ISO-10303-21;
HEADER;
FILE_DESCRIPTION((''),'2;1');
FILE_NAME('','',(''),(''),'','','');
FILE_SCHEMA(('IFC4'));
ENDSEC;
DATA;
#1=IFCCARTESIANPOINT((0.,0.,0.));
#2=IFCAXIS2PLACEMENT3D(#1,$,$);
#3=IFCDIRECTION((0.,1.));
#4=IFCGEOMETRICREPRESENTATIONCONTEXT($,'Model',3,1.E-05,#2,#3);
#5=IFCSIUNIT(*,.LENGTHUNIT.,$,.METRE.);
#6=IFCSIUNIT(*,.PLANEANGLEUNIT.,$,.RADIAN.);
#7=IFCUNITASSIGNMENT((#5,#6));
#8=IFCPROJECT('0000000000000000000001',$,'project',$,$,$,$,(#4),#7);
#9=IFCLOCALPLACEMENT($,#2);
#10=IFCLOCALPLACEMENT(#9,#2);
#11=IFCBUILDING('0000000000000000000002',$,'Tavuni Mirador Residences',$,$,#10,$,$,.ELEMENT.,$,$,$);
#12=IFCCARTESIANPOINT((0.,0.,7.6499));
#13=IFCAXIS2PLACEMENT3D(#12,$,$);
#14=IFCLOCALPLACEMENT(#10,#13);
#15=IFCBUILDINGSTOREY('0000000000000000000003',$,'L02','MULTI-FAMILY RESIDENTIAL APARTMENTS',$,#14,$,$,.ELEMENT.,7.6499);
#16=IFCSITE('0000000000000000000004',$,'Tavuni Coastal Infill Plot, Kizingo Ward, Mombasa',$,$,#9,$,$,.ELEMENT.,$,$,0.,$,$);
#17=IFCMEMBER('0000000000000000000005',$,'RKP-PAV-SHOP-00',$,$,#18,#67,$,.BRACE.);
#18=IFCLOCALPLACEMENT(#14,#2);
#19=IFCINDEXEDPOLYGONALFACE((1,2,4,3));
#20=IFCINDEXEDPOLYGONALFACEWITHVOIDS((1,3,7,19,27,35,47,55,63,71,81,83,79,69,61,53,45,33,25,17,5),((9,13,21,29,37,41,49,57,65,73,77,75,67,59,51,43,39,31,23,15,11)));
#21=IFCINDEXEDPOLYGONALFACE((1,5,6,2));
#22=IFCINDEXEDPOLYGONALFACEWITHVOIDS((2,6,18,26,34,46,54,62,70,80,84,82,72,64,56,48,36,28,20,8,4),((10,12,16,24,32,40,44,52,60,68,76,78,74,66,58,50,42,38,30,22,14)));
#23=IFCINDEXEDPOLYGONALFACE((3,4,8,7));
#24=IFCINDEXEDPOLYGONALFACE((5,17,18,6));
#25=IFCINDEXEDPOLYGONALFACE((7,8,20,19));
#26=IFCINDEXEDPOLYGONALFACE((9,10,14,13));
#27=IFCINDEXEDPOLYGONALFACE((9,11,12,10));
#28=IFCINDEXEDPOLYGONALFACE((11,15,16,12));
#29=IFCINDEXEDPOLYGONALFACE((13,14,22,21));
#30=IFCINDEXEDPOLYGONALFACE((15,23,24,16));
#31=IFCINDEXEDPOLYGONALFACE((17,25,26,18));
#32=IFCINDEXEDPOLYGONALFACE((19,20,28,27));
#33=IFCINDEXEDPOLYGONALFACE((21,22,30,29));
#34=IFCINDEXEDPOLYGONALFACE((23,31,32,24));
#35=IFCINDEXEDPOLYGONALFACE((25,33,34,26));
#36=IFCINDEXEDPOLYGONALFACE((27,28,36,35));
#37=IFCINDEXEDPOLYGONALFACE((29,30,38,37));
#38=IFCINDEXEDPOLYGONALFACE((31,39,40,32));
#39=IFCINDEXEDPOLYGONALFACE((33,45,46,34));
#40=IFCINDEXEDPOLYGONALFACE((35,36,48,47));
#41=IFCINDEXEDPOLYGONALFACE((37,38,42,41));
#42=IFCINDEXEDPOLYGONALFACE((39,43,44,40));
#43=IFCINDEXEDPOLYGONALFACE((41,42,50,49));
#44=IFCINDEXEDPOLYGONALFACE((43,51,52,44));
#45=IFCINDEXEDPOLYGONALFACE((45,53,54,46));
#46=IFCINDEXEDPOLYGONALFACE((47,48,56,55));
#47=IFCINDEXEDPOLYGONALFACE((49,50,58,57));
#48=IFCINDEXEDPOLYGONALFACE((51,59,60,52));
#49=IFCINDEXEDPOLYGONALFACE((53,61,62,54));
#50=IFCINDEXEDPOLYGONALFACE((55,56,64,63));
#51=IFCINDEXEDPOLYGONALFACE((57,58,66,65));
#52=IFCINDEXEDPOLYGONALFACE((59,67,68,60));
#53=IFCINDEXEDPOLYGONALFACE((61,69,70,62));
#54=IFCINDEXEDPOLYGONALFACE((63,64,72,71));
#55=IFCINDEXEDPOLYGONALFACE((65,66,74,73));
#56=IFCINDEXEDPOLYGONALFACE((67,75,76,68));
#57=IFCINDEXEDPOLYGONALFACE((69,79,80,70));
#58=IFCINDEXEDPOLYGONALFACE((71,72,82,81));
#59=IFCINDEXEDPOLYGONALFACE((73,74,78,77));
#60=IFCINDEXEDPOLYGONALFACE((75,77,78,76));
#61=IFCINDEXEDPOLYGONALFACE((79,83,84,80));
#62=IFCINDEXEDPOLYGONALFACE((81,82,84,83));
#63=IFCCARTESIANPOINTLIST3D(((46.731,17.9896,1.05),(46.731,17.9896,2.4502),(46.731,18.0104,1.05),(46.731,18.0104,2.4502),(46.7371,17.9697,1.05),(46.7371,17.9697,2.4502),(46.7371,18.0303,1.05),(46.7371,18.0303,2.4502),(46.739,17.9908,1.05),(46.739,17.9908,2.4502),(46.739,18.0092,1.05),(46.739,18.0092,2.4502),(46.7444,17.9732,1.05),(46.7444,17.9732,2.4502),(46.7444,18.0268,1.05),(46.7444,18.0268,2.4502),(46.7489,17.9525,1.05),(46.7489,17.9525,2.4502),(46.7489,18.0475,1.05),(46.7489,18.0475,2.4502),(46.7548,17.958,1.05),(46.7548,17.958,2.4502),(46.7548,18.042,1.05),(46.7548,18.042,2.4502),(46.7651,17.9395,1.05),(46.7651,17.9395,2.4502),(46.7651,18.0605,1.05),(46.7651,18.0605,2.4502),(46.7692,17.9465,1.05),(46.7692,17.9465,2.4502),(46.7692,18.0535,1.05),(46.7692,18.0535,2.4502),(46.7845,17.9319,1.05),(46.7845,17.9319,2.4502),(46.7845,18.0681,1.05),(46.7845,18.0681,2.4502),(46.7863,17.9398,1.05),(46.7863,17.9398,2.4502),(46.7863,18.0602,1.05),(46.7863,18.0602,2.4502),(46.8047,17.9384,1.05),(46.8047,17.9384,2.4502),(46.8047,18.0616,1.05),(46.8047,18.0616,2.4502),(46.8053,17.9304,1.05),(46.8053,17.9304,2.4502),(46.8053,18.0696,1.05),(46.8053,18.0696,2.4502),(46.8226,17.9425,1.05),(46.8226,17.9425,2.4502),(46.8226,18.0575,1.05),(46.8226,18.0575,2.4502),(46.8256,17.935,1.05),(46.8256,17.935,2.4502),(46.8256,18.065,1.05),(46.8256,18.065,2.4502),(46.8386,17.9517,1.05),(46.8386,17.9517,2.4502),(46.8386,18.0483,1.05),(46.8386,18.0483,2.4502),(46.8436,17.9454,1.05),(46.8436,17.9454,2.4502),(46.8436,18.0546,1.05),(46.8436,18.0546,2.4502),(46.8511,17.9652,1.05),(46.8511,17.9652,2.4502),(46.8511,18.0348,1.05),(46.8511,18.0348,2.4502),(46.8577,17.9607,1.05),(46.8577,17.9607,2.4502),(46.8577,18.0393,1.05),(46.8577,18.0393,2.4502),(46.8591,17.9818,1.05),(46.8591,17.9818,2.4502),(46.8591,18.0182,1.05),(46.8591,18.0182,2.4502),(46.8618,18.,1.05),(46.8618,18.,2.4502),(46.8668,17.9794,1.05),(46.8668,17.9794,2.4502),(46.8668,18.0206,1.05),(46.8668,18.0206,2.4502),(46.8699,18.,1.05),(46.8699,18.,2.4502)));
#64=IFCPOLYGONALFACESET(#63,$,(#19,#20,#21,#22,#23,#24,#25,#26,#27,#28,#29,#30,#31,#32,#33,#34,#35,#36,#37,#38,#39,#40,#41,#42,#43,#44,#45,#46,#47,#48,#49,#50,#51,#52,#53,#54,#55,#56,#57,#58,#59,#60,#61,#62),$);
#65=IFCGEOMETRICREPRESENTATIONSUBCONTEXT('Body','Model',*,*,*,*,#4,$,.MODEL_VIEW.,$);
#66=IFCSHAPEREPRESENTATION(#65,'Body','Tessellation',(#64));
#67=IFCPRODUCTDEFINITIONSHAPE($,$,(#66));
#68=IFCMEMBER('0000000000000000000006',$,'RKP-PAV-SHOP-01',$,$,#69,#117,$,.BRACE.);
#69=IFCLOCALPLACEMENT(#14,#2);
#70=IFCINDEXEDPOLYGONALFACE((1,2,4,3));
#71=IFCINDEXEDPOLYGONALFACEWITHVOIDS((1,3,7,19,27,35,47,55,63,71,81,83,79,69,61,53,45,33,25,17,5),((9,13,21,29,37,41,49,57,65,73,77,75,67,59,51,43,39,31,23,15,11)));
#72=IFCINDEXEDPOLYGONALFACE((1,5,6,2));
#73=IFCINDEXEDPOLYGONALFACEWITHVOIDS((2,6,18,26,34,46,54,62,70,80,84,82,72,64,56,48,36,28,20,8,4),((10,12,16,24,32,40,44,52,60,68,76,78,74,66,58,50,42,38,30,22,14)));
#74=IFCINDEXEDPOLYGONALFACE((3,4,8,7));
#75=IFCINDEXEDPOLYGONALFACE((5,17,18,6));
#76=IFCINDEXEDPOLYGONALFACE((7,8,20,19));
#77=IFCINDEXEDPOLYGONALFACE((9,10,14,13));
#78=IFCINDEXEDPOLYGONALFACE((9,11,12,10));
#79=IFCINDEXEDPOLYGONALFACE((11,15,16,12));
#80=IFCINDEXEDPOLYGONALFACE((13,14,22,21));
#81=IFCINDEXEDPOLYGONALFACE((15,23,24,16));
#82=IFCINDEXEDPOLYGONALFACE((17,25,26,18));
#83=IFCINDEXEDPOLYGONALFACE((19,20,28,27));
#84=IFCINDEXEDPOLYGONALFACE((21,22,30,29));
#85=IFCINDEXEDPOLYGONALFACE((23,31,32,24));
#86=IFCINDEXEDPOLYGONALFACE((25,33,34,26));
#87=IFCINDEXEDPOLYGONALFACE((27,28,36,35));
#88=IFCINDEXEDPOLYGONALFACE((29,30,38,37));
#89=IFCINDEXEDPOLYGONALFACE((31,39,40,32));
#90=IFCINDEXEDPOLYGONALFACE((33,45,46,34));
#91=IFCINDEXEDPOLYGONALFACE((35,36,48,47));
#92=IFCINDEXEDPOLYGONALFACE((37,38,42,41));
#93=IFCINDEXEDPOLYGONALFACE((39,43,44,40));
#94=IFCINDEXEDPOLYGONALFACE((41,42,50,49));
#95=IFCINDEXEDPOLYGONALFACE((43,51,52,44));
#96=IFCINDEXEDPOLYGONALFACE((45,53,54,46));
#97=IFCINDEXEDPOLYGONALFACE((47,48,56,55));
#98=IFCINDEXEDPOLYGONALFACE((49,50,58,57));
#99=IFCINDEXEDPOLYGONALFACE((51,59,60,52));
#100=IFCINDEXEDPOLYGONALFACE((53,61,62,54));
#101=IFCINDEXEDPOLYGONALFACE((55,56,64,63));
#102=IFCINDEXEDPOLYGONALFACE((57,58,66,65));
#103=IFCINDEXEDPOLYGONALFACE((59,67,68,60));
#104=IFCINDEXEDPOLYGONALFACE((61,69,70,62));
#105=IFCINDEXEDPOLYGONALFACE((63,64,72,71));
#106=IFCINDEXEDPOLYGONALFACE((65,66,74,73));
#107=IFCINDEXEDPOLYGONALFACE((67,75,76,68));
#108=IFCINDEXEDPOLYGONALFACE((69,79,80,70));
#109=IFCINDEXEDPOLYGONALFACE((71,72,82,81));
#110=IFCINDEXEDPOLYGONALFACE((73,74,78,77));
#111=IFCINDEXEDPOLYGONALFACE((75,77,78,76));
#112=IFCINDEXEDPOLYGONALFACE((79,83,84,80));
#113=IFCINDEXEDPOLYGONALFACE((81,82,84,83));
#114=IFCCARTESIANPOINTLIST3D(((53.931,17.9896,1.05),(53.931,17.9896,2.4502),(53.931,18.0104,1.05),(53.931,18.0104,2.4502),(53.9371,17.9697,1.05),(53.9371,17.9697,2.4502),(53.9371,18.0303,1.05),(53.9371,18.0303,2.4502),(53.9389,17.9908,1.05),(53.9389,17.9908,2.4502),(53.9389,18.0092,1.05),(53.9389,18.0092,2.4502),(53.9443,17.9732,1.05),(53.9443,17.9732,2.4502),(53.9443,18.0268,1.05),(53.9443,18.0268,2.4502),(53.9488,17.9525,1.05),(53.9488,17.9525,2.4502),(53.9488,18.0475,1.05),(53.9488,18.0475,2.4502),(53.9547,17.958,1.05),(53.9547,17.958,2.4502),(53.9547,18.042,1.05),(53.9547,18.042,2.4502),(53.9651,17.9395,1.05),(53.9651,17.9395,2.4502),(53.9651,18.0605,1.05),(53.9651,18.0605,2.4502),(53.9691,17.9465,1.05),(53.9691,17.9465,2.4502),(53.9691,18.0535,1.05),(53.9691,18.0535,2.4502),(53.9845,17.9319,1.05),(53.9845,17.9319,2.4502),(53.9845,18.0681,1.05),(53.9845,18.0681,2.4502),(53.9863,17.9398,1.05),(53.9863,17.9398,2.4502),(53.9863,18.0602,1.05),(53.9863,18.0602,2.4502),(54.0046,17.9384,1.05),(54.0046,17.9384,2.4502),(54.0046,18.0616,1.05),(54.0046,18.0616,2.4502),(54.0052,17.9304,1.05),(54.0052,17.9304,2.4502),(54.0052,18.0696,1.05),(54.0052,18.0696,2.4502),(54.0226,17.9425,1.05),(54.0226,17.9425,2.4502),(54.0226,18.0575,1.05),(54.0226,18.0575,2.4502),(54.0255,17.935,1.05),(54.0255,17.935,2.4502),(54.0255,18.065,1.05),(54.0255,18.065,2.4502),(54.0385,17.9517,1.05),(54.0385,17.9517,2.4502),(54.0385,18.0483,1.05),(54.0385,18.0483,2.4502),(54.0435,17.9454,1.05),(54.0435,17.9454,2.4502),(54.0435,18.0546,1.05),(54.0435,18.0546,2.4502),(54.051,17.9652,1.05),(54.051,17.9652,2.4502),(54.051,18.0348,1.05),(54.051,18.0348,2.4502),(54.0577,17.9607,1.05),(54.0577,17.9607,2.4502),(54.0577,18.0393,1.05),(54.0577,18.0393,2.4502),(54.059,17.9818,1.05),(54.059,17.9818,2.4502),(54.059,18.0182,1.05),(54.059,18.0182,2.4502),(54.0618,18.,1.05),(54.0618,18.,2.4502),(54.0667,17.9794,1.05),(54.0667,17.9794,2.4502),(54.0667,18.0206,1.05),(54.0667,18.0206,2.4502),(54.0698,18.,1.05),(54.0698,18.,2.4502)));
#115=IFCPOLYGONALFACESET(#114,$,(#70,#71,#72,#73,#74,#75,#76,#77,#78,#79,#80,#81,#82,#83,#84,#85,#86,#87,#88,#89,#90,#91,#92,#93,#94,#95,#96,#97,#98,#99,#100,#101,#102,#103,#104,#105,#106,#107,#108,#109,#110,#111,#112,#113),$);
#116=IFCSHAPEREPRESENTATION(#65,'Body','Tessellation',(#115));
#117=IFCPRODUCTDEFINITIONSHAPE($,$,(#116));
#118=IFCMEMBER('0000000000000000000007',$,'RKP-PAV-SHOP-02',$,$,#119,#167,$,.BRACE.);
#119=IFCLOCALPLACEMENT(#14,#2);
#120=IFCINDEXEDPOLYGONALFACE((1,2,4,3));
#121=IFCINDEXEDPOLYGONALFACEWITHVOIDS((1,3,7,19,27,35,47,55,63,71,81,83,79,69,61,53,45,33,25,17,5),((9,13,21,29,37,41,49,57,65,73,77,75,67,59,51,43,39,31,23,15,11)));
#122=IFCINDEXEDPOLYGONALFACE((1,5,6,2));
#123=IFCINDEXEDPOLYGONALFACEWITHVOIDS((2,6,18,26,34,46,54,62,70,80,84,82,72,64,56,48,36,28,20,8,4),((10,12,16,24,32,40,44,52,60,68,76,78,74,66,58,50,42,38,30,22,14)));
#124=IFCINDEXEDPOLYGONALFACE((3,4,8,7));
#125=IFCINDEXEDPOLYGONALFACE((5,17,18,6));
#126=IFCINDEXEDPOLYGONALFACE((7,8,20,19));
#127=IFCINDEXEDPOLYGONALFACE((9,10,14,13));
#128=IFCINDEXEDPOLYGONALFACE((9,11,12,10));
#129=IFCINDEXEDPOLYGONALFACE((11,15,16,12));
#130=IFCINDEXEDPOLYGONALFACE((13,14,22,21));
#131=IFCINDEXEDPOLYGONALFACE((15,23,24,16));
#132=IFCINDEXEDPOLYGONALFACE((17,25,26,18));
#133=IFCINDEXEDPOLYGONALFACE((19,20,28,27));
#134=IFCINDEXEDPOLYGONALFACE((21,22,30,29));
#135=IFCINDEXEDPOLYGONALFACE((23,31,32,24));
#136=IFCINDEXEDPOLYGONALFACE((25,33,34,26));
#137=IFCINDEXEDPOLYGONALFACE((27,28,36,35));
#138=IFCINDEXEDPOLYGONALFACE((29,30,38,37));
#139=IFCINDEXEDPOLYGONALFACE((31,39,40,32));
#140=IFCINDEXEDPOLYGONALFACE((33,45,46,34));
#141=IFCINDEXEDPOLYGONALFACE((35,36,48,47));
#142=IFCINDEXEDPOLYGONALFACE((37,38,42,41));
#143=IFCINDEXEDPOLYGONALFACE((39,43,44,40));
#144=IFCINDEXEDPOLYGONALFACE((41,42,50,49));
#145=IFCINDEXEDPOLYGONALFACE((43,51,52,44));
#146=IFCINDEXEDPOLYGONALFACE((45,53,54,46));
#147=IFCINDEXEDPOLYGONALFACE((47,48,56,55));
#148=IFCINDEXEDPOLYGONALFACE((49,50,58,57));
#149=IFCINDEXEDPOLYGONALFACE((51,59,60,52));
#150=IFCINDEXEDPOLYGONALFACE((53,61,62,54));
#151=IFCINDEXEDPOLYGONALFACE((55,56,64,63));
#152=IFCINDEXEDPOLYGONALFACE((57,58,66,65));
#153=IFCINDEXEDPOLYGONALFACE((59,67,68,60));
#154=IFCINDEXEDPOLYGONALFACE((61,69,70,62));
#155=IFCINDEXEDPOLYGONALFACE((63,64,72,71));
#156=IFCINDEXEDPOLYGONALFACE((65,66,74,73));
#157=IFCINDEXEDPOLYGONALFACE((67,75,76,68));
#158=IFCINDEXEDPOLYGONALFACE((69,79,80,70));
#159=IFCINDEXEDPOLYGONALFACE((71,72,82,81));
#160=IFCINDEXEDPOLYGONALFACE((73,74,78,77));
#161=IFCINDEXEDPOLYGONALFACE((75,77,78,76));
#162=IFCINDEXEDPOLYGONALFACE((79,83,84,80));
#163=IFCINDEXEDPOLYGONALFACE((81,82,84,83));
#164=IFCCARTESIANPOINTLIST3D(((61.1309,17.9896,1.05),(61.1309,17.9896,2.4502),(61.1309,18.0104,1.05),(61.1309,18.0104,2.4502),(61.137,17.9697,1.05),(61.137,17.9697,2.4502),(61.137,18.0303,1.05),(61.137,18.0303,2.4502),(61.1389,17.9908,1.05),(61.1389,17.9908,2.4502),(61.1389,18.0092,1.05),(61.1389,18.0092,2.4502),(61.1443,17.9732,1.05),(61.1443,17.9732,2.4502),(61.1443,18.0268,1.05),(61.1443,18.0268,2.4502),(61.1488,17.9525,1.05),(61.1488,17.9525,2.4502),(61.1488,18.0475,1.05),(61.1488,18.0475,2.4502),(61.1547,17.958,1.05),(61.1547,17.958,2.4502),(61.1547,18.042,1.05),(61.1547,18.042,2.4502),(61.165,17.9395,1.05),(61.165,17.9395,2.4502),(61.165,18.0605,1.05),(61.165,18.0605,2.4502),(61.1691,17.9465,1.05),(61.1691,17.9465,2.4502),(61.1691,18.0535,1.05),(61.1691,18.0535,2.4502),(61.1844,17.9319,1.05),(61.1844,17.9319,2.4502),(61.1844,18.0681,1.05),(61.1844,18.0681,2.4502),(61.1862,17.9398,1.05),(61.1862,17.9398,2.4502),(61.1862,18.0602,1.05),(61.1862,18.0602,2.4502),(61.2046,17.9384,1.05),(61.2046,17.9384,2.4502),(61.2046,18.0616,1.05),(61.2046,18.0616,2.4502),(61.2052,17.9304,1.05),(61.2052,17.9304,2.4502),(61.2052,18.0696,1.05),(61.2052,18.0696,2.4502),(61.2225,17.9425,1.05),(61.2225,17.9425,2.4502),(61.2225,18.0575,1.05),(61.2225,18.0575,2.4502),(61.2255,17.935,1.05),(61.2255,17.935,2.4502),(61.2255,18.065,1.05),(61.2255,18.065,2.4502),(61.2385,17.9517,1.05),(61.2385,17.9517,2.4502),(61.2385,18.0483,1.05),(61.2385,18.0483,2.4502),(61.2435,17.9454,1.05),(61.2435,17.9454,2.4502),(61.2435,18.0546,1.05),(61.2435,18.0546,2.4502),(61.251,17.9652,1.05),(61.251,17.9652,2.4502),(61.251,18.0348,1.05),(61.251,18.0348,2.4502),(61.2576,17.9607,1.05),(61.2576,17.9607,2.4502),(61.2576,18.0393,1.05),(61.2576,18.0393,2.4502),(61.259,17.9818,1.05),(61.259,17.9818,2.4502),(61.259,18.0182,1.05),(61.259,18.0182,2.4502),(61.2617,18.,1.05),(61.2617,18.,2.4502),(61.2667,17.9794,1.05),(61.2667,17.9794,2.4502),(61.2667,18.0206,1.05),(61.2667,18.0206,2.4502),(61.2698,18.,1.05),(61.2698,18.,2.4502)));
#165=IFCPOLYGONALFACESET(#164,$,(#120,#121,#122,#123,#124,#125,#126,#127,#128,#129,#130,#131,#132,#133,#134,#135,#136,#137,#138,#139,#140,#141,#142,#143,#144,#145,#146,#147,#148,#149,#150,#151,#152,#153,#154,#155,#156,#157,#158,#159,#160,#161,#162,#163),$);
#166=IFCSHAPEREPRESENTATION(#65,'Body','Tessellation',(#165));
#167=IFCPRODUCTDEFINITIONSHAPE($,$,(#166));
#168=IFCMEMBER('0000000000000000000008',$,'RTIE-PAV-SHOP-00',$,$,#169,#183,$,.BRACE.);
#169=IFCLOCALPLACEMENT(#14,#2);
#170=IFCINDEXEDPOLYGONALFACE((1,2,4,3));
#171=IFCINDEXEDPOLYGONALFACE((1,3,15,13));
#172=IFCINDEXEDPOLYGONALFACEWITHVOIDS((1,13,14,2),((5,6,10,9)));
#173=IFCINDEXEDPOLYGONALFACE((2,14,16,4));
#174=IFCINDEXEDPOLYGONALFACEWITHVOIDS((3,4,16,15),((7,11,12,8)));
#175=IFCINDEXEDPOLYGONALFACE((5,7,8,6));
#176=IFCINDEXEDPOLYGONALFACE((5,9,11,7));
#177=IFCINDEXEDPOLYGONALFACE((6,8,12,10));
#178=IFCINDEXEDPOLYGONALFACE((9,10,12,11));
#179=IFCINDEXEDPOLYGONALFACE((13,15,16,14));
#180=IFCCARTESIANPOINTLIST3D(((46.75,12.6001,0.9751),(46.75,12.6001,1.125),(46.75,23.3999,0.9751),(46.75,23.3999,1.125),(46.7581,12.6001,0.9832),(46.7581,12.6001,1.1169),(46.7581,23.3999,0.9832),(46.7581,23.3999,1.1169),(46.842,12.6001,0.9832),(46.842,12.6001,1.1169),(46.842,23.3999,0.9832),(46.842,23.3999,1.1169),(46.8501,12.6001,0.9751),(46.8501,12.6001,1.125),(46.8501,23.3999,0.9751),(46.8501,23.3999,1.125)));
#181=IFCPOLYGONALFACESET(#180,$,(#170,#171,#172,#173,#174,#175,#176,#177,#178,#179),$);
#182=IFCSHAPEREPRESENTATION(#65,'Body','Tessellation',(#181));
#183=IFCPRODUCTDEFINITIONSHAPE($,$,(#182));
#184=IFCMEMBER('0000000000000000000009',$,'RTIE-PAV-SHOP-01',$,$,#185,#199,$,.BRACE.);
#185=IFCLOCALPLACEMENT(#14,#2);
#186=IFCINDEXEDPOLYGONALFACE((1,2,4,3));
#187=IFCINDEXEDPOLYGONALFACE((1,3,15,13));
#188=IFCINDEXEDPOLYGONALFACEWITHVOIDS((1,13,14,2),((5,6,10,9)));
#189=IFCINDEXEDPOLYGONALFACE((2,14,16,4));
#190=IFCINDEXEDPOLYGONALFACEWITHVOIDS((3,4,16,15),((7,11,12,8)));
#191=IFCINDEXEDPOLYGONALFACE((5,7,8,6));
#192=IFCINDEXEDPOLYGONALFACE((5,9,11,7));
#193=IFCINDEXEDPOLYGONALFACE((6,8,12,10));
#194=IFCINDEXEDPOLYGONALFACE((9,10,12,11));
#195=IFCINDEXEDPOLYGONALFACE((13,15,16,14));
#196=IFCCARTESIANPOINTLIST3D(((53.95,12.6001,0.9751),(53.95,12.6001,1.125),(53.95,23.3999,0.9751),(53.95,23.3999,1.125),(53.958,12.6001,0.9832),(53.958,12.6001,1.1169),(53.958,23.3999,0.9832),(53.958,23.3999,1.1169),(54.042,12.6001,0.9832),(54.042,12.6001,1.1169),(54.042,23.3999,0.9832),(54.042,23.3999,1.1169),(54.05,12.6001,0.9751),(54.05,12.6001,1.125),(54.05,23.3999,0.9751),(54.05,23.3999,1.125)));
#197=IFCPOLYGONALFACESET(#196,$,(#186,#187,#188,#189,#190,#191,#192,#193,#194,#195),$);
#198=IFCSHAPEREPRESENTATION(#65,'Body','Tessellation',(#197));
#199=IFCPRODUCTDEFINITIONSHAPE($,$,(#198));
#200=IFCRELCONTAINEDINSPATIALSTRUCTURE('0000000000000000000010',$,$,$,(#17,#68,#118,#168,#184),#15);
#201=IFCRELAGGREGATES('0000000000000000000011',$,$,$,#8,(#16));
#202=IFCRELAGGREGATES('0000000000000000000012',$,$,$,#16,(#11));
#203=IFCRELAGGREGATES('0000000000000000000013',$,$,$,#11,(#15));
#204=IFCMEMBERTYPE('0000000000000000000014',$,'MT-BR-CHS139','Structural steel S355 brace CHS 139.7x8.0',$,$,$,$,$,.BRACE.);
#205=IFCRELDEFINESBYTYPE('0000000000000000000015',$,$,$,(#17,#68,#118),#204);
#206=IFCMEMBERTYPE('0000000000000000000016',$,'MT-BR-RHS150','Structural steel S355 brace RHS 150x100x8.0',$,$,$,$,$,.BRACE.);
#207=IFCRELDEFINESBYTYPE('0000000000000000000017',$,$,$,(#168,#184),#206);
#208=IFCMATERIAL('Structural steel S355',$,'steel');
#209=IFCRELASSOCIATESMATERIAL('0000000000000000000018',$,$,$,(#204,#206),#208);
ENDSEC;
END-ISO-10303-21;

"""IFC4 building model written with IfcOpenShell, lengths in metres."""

from ifc_helpers import new_model, si_unit, direction, frame, origin, origin_2d, place, context, subcontext, project, spatial, hollow_rectangle, hollow_circle, extrude, material, material_profile, profile_set, type_object, element, save


model = new_model("IFC4")

# Units and contexts
model_context = context("Model", 3, precision=1e-05, world=origin(), true_north=direction((0.0, 1.0)))
body_context = subcontext(model_context, "Body", "Model", "MODEL_VIEW")
ifc_project = project(units=[si_unit("LENGTHUNIT", "METRE"), si_unit("PLANEANGLEUNIT", "RADIAN")], contexts=[model_context])

# Site, building, storey
site_placement = place(None, origin())
site = spatial("IfcSite", under=ifc_project, at=site_placement, Name="Tavuni Coastal Infill Plot, Kizingo Ward, Mombasa", CompositionType="ELEMENT", RefElevation=0.0)
building_placement = place(site_placement, origin())
building = spatial("IfcBuilding", under=site, at=building_placement, Name="Tavuni Mirador Residences", CompositionType="ELEMENT")
storey_placement = place(building_placement, frame((0.0, 0.0, 7.6499)))
storey = spatial("IfcBuildingStorey", under=building, at=storey_placement, Name="L02", Description="MULTI-FAMILY RESIDENTIAL APARTMENTS", CompositionType="ELEMENT", Elevation=7.6499)

# Members
ifc_material_1 = material(Name="Structural steel S355", Category="steel")
ifc_material_profile_1 = material_profile(ifc_material_1, hollow_circle(Radius=0.0698, WallThickness=0.0081, at=origin_2d()), Name="CHS 139.7x8.0", Category="steel")
ifc_profile_set_1 = profile_set([ifc_material_profile_1], Name="Structural steel S355")
member_type_1 = type_object("IfcMemberType", Name="MT-BR-CHS139", Description="Structural steel S355 brace CHS 139.7x8.0", PredefinedType="BRACE", material=ifc_profile_set_1)
for number, where, z_axis, x_axis, name in (
    (1, (46.8, 18.0, 1.05), (0.0, 0.0, 1.0), (1.0, 0.0, 0.0), "RKP-PAV-SHOP-00"),
    (2, (54.0, 18.0, 1.05), (0.0, 0.0, 1.0), (1.0, 0.0, 0.0), "RKP-PAV-SHOP-01"),
    (3, (61.2, 18.0, 1.05), (0.0, 0.0, 1.0), (1.0, 0.0, 0.0), "RKP-PAV-SHOP-02"),
):
    element("IfcMember", number, at=place(storey_placement, frame(where, z_axis=z_axis, x_axis=x_axis)), inside=storey, type_object=member_type_1, Name=name, PredefinedType="BRACE", context=body_context, shape_type="SweptSolid", body=[
        extrude(hollow_circle(Radius=0.0698, WallThickness=0.0081, at=origin_2d()), origin(), (0.0, 0.0, 1.0), 1.4001),
    ])
ifc_material_profile_2 = material_profile(ifc_material_1, hollow_rectangle(XDim=0.1001, YDim=0.1499, WallThickness=0.0081, at=origin_2d()), Name="RHS 150x100x8.0", Category="steel")
ifc_profile_set_2 = profile_set([ifc_material_profile_2], Name="Structural steel S355")
member_type_2 = type_object("IfcMemberType", Name="MT-BR-RHS150", Description="Structural steel S355 brace RHS 150x100x8.0", PredefinedType="BRACE", material=ifc_profile_set_2)
for number, where, z_axis, x_axis, name in (
    (4, (46.8, 12.6001, 1.05), (0.0, 1.0, 0.0), (-1.0, 0.0, 0.0), "RTIE-PAV-SHOP-00"),
    (5, (54.0, 12.6001, 1.05), (0.0, 1.0, 0.0), (-1.0, 0.0, 0.0), "RTIE-PAV-SHOP-01"),
):
    element("IfcMember", number, at=place(storey_placement, frame(where, z_axis=z_axis, x_axis=x_axis)), inside=storey, type_object=member_type_2, Name=name, PredefinedType="BRACE", context=body_context, shape_type="SweptSolid", body=[
        extrude(hollow_rectangle(XDim=0.1001, YDim=0.1499, WallThickness=0.0081, at=origin_2d()), origin(), (0.0, 0.0, 1.0), 10.7998),
    ])

save(model, "model.ifc")
